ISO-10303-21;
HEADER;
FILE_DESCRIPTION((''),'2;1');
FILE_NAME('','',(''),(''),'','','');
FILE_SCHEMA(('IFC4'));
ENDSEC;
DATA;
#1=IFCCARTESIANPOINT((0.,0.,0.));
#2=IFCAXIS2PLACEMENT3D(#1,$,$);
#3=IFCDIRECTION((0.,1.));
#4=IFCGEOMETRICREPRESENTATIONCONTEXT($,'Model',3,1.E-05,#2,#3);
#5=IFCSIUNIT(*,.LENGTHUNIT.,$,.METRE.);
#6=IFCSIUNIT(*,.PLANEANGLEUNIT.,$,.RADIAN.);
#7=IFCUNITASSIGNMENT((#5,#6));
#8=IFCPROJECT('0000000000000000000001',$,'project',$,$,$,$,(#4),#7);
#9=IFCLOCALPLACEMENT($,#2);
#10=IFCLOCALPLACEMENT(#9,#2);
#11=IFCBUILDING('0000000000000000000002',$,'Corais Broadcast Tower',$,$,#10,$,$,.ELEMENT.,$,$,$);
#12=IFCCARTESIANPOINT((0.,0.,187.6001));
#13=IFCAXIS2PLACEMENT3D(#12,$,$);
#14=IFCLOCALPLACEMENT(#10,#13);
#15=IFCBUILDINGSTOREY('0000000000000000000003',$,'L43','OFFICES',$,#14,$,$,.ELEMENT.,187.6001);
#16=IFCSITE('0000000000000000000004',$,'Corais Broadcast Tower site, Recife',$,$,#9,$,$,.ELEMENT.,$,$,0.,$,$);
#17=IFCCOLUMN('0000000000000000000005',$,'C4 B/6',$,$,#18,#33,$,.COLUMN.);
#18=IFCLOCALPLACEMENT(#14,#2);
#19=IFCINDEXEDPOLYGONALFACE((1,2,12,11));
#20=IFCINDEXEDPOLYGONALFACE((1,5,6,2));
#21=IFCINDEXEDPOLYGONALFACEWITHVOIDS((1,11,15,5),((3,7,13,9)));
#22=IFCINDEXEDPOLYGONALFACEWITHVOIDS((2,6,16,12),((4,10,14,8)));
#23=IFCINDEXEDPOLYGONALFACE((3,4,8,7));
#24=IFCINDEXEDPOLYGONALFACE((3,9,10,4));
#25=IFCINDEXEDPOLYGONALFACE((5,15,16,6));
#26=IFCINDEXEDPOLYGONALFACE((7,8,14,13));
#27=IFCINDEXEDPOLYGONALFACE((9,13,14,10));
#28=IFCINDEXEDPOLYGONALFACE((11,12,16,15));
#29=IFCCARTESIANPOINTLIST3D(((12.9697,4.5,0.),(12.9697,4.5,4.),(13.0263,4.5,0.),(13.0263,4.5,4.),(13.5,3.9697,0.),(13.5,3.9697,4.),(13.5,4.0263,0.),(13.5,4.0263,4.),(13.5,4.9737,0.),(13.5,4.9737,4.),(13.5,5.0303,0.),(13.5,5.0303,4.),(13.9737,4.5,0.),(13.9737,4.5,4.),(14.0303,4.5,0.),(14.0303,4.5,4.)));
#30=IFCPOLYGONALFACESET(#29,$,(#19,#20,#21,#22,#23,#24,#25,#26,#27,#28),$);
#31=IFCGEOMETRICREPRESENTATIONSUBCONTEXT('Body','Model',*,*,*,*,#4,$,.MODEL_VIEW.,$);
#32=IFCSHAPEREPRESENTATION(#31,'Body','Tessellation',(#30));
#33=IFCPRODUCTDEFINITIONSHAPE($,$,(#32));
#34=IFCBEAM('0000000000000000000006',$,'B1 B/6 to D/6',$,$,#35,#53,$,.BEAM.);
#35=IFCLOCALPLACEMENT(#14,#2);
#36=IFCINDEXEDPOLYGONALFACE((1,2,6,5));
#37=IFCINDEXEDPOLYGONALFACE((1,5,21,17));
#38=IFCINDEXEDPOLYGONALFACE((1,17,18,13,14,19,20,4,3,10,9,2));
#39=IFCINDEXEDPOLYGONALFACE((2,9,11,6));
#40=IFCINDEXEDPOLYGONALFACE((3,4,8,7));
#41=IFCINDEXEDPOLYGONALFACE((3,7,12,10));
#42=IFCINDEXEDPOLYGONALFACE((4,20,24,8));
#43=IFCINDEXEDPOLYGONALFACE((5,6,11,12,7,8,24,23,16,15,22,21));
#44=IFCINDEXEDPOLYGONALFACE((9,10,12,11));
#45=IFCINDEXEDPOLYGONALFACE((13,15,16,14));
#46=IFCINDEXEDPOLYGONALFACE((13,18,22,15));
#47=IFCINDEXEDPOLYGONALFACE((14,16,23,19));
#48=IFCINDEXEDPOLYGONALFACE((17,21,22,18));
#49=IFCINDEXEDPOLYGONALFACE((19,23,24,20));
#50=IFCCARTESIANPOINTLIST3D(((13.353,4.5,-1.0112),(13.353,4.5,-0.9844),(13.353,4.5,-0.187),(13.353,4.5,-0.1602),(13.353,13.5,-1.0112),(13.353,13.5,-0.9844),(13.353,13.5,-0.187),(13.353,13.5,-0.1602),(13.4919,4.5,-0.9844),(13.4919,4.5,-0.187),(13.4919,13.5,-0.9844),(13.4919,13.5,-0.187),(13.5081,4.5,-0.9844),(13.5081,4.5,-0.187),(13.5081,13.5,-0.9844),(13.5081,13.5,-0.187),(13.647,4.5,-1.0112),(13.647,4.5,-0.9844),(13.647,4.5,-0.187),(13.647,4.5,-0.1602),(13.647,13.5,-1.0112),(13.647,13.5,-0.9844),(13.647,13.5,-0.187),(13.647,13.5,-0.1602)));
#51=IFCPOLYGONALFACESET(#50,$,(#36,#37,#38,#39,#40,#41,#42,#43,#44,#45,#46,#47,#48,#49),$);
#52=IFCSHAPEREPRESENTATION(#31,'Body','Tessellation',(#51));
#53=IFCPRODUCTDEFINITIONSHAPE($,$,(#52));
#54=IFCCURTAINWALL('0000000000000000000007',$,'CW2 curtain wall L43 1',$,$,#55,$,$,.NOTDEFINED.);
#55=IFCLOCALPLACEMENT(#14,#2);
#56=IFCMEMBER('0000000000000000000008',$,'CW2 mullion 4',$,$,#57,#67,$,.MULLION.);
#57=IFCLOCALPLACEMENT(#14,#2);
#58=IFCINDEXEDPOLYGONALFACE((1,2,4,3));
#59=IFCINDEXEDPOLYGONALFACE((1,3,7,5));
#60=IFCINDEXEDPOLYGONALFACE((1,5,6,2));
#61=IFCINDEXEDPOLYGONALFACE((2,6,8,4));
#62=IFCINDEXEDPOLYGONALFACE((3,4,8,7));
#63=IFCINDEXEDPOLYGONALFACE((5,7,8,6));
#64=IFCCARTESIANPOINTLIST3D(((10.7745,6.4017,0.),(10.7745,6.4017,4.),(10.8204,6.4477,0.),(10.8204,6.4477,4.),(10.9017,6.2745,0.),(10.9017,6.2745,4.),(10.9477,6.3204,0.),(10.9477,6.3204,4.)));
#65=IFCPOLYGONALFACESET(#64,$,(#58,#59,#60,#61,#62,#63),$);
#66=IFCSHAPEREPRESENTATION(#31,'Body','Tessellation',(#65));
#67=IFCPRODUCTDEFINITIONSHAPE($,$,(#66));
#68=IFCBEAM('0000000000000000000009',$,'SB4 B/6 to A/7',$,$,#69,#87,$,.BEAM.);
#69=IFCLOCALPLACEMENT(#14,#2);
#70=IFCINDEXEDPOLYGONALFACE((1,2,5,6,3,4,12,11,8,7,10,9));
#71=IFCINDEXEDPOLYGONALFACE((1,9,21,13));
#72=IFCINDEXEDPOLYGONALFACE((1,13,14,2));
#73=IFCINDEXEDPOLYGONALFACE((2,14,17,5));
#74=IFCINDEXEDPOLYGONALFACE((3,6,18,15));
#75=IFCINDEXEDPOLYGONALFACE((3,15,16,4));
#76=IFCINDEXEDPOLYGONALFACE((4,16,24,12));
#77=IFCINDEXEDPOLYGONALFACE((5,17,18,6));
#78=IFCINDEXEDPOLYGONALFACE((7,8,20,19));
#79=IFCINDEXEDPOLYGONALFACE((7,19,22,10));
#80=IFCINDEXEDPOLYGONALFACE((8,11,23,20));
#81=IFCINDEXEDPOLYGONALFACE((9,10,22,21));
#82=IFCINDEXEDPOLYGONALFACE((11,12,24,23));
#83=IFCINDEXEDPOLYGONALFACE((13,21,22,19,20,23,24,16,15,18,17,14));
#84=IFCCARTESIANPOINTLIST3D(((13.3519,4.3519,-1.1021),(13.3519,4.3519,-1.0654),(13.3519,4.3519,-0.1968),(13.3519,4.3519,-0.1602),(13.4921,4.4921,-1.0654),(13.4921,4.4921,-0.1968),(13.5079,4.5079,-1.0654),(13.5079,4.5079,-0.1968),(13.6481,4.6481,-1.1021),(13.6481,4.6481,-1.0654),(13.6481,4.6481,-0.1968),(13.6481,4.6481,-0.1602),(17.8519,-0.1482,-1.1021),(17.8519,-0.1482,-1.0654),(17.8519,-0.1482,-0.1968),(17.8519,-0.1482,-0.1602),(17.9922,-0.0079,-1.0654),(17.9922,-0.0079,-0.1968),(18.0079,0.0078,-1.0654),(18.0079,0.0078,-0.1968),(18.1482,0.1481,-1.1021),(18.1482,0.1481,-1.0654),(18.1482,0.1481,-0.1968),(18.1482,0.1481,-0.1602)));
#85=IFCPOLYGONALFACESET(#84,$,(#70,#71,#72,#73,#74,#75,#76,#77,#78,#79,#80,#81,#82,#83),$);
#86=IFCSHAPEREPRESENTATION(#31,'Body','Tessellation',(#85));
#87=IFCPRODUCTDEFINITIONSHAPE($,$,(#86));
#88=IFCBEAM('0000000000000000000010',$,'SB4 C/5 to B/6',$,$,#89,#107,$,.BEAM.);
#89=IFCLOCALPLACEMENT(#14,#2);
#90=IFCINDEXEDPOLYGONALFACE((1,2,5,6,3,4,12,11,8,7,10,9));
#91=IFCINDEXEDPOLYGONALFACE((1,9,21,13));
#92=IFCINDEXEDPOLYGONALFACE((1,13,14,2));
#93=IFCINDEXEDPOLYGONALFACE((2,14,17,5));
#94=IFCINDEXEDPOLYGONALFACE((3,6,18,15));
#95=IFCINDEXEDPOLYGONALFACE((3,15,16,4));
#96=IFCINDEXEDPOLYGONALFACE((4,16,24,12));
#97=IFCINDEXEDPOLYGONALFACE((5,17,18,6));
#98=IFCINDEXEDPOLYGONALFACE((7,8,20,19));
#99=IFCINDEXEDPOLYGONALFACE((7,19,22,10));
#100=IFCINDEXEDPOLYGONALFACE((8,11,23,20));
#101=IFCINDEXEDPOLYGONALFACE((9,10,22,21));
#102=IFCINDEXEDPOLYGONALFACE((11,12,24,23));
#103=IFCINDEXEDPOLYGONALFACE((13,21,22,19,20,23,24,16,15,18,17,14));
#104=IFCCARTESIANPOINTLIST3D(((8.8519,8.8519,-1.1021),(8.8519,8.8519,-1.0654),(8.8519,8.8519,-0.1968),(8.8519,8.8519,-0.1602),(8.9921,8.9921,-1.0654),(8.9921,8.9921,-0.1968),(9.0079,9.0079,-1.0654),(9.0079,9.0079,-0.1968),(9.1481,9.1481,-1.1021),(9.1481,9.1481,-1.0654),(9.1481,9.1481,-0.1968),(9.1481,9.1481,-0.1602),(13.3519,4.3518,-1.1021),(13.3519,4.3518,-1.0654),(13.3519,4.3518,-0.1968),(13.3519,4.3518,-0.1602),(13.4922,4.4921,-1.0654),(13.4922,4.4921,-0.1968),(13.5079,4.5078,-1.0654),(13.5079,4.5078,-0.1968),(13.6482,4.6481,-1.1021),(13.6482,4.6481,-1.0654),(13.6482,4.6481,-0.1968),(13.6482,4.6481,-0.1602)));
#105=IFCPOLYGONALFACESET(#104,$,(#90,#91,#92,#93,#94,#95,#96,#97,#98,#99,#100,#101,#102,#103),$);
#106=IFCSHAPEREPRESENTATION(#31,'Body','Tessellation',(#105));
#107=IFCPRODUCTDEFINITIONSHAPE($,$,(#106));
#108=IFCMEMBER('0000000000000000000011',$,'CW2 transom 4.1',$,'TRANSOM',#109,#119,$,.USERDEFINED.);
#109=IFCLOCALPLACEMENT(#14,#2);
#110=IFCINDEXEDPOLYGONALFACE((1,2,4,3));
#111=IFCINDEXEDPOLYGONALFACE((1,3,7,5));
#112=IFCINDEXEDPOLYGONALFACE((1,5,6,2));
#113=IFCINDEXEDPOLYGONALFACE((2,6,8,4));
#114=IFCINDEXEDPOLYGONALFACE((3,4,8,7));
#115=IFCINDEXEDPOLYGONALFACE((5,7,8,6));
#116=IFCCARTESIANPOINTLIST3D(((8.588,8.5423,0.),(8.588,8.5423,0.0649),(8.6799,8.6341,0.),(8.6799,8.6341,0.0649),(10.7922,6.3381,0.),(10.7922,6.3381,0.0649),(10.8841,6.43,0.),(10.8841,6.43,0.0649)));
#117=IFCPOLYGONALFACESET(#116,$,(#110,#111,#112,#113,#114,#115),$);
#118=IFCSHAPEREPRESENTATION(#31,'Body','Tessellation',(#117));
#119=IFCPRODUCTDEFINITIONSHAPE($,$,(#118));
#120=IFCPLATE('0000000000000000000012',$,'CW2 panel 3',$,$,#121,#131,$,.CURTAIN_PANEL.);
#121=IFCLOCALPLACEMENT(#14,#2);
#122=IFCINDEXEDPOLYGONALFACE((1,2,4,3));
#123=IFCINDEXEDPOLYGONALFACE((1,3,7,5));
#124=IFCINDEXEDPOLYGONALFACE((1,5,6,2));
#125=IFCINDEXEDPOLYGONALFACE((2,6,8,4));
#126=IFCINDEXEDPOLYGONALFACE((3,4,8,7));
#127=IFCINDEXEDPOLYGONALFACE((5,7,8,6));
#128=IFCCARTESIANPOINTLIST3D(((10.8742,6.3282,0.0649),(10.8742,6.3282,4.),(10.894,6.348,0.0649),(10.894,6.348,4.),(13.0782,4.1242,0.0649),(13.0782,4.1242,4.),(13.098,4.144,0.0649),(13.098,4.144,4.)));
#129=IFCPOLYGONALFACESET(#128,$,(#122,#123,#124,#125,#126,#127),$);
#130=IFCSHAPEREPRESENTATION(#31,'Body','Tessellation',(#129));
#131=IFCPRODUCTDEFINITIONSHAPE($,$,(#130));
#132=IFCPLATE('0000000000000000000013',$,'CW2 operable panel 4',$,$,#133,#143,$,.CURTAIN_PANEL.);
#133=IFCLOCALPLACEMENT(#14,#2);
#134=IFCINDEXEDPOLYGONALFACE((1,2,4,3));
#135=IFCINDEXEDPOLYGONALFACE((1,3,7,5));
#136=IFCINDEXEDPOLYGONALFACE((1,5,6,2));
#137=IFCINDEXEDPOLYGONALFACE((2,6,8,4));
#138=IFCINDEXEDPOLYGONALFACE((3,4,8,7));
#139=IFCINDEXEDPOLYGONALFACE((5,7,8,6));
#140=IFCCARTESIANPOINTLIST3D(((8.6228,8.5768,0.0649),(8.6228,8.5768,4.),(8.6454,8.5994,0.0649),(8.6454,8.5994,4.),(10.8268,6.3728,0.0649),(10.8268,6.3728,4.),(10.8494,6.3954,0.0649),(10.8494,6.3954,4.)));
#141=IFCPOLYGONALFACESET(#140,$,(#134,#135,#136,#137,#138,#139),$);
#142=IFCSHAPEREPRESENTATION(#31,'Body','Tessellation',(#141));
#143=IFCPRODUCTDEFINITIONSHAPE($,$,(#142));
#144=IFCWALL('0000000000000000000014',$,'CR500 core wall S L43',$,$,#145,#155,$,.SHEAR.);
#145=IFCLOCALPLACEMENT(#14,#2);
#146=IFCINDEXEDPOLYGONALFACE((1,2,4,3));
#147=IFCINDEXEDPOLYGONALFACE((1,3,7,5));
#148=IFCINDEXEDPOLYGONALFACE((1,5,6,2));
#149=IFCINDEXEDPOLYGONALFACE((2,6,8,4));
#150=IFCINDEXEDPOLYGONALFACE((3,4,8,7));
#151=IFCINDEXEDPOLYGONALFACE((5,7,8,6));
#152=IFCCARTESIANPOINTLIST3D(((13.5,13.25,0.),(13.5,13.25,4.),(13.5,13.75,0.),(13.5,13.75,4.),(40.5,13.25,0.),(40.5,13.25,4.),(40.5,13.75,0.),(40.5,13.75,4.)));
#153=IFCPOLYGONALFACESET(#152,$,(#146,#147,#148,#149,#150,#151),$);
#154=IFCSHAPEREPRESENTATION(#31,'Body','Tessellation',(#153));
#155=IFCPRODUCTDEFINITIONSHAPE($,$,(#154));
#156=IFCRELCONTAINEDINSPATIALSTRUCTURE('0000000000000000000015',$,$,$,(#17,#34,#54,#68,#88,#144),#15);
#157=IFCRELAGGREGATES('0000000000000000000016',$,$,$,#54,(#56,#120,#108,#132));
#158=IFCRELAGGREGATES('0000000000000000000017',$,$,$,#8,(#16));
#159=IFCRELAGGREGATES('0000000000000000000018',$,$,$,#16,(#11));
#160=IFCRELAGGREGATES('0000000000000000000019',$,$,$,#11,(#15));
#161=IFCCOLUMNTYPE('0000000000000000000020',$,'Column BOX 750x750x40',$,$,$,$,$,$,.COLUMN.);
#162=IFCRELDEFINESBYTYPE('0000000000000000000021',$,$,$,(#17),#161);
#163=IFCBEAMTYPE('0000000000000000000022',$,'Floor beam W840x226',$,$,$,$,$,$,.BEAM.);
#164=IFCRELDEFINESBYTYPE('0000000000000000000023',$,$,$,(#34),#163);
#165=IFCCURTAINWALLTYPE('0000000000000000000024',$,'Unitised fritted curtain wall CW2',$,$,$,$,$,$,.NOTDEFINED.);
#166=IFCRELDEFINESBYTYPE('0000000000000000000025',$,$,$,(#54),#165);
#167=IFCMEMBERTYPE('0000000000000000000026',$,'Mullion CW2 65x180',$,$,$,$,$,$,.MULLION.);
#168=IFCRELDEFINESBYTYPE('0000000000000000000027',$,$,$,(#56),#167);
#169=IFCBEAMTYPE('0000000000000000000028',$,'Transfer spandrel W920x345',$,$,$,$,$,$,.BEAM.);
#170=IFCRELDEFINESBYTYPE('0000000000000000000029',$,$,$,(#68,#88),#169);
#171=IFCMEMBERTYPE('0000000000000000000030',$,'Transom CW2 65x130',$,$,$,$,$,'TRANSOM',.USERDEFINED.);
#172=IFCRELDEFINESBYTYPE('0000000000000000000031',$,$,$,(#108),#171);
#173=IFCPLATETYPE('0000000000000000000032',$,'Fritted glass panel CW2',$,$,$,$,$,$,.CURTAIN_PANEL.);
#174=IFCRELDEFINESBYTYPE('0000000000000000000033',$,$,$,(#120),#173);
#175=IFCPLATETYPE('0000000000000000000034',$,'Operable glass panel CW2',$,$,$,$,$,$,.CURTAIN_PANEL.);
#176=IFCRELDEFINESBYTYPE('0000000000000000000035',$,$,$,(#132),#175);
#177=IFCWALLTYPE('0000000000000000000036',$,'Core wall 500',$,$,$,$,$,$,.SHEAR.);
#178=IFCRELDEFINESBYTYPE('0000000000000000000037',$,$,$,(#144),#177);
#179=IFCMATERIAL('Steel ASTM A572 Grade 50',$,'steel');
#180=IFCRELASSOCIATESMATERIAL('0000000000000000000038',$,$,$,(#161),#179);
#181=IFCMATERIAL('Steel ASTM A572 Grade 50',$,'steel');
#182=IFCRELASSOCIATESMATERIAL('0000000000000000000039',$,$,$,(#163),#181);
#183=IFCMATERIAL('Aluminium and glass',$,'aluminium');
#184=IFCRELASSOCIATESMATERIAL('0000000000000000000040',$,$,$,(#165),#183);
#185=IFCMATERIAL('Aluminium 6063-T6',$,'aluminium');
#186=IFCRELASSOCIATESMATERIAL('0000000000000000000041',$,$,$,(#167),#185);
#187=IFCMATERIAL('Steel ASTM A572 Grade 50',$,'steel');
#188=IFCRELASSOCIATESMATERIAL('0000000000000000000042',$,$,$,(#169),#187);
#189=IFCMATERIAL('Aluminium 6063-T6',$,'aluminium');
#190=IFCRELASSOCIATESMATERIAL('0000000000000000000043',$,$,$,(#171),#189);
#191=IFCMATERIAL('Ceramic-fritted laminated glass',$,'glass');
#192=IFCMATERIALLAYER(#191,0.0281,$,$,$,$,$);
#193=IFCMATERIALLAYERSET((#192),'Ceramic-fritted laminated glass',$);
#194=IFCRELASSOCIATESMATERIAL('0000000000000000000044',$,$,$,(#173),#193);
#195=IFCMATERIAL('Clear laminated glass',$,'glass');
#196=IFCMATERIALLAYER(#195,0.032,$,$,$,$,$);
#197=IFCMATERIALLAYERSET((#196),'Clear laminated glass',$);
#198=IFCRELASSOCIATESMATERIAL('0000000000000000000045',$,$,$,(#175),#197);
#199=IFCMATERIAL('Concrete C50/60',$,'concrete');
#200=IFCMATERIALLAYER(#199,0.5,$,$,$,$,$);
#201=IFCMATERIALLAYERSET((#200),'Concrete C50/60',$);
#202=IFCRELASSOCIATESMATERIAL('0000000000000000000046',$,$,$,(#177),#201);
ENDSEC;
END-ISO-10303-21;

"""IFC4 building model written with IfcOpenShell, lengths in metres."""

from ifc_helpers import new_model, si_unit, direction, frame, frame_2d, origin, origin_2d, place, context, subcontext, project, spatial, rectangle, hollow_rectangle, i_section, extrude, material, layer, layer_set, material_profile, profile_set, type_object, element, aggregate, save


model = new_model("IFC4")

# Units and contexts
model_context = context("Model", 3, precision=1e-05, world=origin(), true_north=direction((0.0, 1.0)))
body_context = subcontext(model_context, "Body", "Model", "MODEL_VIEW")
ifc_project = project(units=[si_unit("LENGTHUNIT", "METRE"), si_unit("PLANEANGLEUNIT", "RADIAN")], contexts=[model_context])

# Site, building, storey
site_placement = place(None, origin())
site = spatial("IfcSite", under=ifc_project, at=site_placement, Name="Corais Broadcast Tower site, Recife", CompositionType="ELEMENT", RefElevation=0.0)
building_placement = place(site_placement, origin())
building = spatial("IfcBuilding", under=site, at=building_placement, Name="Corais Broadcast Tower", CompositionType="ELEMENT")
storey_placement = place(building_placement, frame((0.0, 0.0, 187.6001)))
storey = spatial("IfcBuildingStorey", under=building, at=storey_placement, Name="L43", Description="OFFICES", CompositionType="ELEMENT", Elevation=187.6001)

# Column
ifc_material_1 = material(Name="Steel ASTM A572 Grade 50", Category="steel")
ifc_material_profile_1 = material_profile(ifc_material_1, hollow_rectangle(XDim=0.75, YDim=0.75, WallThickness=0.04, at=origin_2d()), Name="BOX 750x750x40")
ifc_profile_set_1 = profile_set([ifc_material_profile_1], Name="Steel ASTM A572 Grade 50")
column_type = type_object("IfcColumnType", Name="Column BOX 750x750x40", PredefinedType="COLUMN", material=ifc_profile_set_1)
column_placement = place(storey_placement, frame((13.5, 4.5, 0.0), z_axis=(0.0, 0.0, 1.0), x_axis=(0.707107, 0.707107, 0.0)))
element("IfcColumn", 1, at=column_placement, inside=storey, type_object=column_type, Name="C4 B/6", PredefinedType="COLUMN", context=body_context, shape_type="SweptSolid", body=[
    extrude(hollow_rectangle(XDim=0.75, YDim=0.75, WallThickness=0.04, at=origin_2d()), origin(), (0.0, 0.0, 1.0), 4.0),
])

# Beam
ifc_material_2 = material(Name="Steel ASTM A572 Grade 50", Category="steel")
ifc_material_profile_2 = material_profile(ifc_material_2, i_section(OverallWidth=0.2939, OverallDepth=0.8511, WebThickness=0.0161, FlangeThickness=0.0269, at=origin_2d()), Name="W840x226")
ifc_profile_set_2 = profile_set([ifc_material_profile_2], Name="Steel ASTM A572 Grade 50")
beam_type_1 = type_object("IfcBeamType", Name="Floor beam W840x226", PredefinedType="BEAM", material=ifc_profile_set_2)
beam_placement = place(storey_placement, frame((13.5, 4.5, -0.5857), z_axis=(0.0, 1.0, 0.0), x_axis=(-1.0, 0.0, 0.0)))
element("IfcBeam", 2, at=beam_placement, inside=storey, type_object=beam_type_1, Name="B1 B/6 to D/6", PredefinedType="BEAM", context=body_context, shape_type="SweptSolid", body=[
    extrude(i_section(OverallWidth=0.2939, OverallDepth=0.8511, WebThickness=0.0161, FlangeThickness=0.0269, at=origin_2d()), origin(), (0.0, 0.0, 1.0), 9.0),
])

# Curtain wall, member
ifc_material_3 = material(Name="Aluminium and glass", Category="aluminium")
curtain_wall_type = type_object("IfcCurtainWallType", Name="Unitised fritted curtain wall CW2", PredefinedType="NOTDEFINED", material=ifc_material_3)
curtain_wall_placement = place(storey_placement, origin())
curtain_wall = element("IfcCurtainWall", 3, at=curtain_wall_placement, inside=storey, type_object=curtain_wall_type, Name="CW2 curtain wall L43 1", PredefinedType="NOTDEFINED")
ifc_material_4 = material(Name="Aluminium 6063-T6", Category="aluminium")
ifc_material_profile_3 = material_profile(ifc_material_4, rectangle(XDim=0.0649, YDim=0.1799, at=origin_2d()), Name="Mullion CW2 65x180")
ifc_profile_set_3 = profile_set([ifc_material_profile_3], Name="Aluminium 6063-T6")
member_type_1 = type_object("IfcMemberType", Name="Mullion CW2 65x180", PredefinedType="MULLION", material=ifc_profile_set_3)
member_1_placement = place(storey_placement, frame((10.8611, 6.3611, 0.0), z_axis=(0.0, 0.0, 1.0), x_axis=(-0.707107, -0.707107, 0.0)))
member_1 = element("IfcMember", 4, at=member_1_placement, type_object=member_type_1, Name="CW2 mullion 4", PredefinedType="MULLION", context=body_context, shape_type="SweptSolid", body=[
    extrude(rectangle(XDim=0.0649, YDim=0.1799, at=origin_2d()), origin(), (0.0, 0.0, 1.0), 4.0),
])

# Beams
ifc_material_5 = material(Name="Steel ASTM A572 Grade 50", Category="steel")
ifc_material_profile_4 = material_profile(ifc_material_5, i_section(OverallWidth=0.4189, OverallDepth=0.9419, WebThickness=0.0222, FlangeThickness=0.0366, at=origin_2d()), Name="W920x345")
ifc_profile_set_4 = profile_set([ifc_material_profile_4], Name="Steel ASTM A572 Grade 50")
beam_type_2 = type_object("IfcBeamType", Name="Transfer spandrel W920x345", PredefinedType="BEAM", material=ifc_profile_set_4)
for number, where, z_axis, x_axis, name in (
    (5, (13.5, 4.5, -0.6311), (0.707107, -0.707107, 0.0), (0.707107, 0.707107, 0.0), "SB4 B/6 to A/7"),
    (6, (9.0, 9.0, -0.6311), (0.707107, -0.707107, 0.0), (0.707107, 0.707107, 0.0), "SB4 C/5 to B/6"),
):
    element("IfcBeam", number, at=place(storey_placement, frame(where, z_axis=z_axis, x_axis=x_axis)), inside=storey, type_object=beam_type_2, Name=name, PredefinedType="BEAM", context=body_context, shape_type="SweptSolid", body=[
        extrude(i_section(OverallWidth=0.4189, OverallDepth=0.9419, WebThickness=0.0222, FlangeThickness=0.0366, at=origin_2d()), origin(), (0.0, 0.0, 1.0), 6.364),
    ])

# Member
ifc_material_6 = material(Name="Aluminium 6063-T6", Category="aluminium")
ifc_material_profile_5 = material_profile(ifc_material_6, rectangle(XDim=0.1299, YDim=0.0649, at=origin_2d()), Name="Transom CW2 65x130")
ifc_profile_set_5 = profile_set([ifc_material_profile_5], Name="Aluminium 6063-T6")
member_type_2 = type_object("IfcMemberType", Name="Transom CW2 65x130", ElementType="TRANSOM", PredefinedType="USERDEFINED", material=ifc_profile_set_5)
member_2_placement = place(storey_placement, frame((10.8381, 6.384, 0.0325), z_axis=(-0.707107, 0.707107, 0.0), x_axis=(-0.707107, -0.707107, 0.0)))
member_2 = element("IfcMember", 7, at=member_2_placement, type_object=member_type_2, Name="CW2 transom 4.1", ObjectType="TRANSOM", PredefinedType="USERDEFINED", context=body_context, shape_type="SweptSolid", body=[
    extrude(rectangle(XDim=0.1299, YDim=0.0649, at=origin_2d()), origin(), (0.0, 0.0, 1.0), 3.1172),
])

# Plates
ifc_material_7 = material(Name="Ceramic-fritted laminated glass", Category="glass")
ifc_layer_1 = layer(ifc_material_7, 0.0281)
ifc_layer_set_1 = layer_set([ifc_layer_1], Name="Ceramic-fritted laminated glass")
plate_type_1 = type_object("IfcPlateType", Name="Fritted glass panel CW2", PredefinedType="CURTAIN_PANEL", material=ifc_layer_set_1)
plate_1_placement = place(storey_placement, frame((11.9861, 5.2361, 0.0649), z_axis=(0.0, 0.0, 1.0), x_axis=(-0.707107, 0.707107, 0.0)))
plate_1 = element("IfcPlate", 8, at=plate_1_placement, type_object=plate_type_1, Name="CW2 panel 3", PredefinedType="CURTAIN_PANEL", context=body_context, shape_type="SweptSolid", body=[
    extrude(rectangle(XDim=3.1169, YDim=0.0281, at=origin_2d()), origin(), (0.0, 0.0, 1.0), 3.9351),
])
ifc_material_8 = material(Name="Clear laminated glass", Category="glass")
ifc_layer_2 = layer(ifc_material_8, 0.032)
ifc_layer_set_2 = layer_set([ifc_layer_2], Name="Clear laminated glass")
plate_type_2 = type_object("IfcPlateType", Name="Operable glass panel CW2", PredefinedType="CURTAIN_PANEL", material=ifc_layer_set_2)
plate_2_placement = place(storey_placement, frame((9.7361, 7.4861, 0.0649), z_axis=(0.0, 0.0, 1.0), x_axis=(-0.707107, 0.707107, 0.0)))
plate_2 = element("IfcPlate", 9, at=plate_2_placement, type_object=plate_type_2, Name="CW2 operable panel 4", PredefinedType="CURTAIN_PANEL", context=body_context, shape_type="SweptSolid", body=[
    extrude(rectangle(XDim=3.1169, YDim=0.032, at=origin_2d()), origin(), (0.0, 0.0, 1.0), 3.9351),
])
aggregate(curtain_wall, [member_1, plate_1, member_2, plate_2])

# Wall
ifc_material_9 = material(Name="Concrete C50/60", Category="concrete")
ifc_layer_3 = layer(ifc_material_9, 0.5)
ifc_layer_set_3 = layer_set([ifc_layer_3], Name="Concrete C50/60")
wall_type_1 = type_object("IfcWallType", Name="Core wall 500", PredefinedType="SHEAR", material=ifc_layer_set_3)
wall_1_placement = place(storey_placement, frame((13.5, 13.5, 0.0), z_axis=(0.0, 0.0, 1.0), x_axis=(1.0, 0.0, 0.0)))
element("IfcWall", 10, at=wall_1_placement, inside=storey, type_object=wall_type_1, Name="CR500 core wall S L43", PredefinedType="SHEAR", context=body_context, shape_type="SweptSolid", body=[
    extrude(rectangle(XDim=27.0, YDim=0.5, at=frame_2d((13.5, 0.0))), origin(), (0.0, 0.0, 1.0), 4.0),
])

save(model, "model.ifc")
